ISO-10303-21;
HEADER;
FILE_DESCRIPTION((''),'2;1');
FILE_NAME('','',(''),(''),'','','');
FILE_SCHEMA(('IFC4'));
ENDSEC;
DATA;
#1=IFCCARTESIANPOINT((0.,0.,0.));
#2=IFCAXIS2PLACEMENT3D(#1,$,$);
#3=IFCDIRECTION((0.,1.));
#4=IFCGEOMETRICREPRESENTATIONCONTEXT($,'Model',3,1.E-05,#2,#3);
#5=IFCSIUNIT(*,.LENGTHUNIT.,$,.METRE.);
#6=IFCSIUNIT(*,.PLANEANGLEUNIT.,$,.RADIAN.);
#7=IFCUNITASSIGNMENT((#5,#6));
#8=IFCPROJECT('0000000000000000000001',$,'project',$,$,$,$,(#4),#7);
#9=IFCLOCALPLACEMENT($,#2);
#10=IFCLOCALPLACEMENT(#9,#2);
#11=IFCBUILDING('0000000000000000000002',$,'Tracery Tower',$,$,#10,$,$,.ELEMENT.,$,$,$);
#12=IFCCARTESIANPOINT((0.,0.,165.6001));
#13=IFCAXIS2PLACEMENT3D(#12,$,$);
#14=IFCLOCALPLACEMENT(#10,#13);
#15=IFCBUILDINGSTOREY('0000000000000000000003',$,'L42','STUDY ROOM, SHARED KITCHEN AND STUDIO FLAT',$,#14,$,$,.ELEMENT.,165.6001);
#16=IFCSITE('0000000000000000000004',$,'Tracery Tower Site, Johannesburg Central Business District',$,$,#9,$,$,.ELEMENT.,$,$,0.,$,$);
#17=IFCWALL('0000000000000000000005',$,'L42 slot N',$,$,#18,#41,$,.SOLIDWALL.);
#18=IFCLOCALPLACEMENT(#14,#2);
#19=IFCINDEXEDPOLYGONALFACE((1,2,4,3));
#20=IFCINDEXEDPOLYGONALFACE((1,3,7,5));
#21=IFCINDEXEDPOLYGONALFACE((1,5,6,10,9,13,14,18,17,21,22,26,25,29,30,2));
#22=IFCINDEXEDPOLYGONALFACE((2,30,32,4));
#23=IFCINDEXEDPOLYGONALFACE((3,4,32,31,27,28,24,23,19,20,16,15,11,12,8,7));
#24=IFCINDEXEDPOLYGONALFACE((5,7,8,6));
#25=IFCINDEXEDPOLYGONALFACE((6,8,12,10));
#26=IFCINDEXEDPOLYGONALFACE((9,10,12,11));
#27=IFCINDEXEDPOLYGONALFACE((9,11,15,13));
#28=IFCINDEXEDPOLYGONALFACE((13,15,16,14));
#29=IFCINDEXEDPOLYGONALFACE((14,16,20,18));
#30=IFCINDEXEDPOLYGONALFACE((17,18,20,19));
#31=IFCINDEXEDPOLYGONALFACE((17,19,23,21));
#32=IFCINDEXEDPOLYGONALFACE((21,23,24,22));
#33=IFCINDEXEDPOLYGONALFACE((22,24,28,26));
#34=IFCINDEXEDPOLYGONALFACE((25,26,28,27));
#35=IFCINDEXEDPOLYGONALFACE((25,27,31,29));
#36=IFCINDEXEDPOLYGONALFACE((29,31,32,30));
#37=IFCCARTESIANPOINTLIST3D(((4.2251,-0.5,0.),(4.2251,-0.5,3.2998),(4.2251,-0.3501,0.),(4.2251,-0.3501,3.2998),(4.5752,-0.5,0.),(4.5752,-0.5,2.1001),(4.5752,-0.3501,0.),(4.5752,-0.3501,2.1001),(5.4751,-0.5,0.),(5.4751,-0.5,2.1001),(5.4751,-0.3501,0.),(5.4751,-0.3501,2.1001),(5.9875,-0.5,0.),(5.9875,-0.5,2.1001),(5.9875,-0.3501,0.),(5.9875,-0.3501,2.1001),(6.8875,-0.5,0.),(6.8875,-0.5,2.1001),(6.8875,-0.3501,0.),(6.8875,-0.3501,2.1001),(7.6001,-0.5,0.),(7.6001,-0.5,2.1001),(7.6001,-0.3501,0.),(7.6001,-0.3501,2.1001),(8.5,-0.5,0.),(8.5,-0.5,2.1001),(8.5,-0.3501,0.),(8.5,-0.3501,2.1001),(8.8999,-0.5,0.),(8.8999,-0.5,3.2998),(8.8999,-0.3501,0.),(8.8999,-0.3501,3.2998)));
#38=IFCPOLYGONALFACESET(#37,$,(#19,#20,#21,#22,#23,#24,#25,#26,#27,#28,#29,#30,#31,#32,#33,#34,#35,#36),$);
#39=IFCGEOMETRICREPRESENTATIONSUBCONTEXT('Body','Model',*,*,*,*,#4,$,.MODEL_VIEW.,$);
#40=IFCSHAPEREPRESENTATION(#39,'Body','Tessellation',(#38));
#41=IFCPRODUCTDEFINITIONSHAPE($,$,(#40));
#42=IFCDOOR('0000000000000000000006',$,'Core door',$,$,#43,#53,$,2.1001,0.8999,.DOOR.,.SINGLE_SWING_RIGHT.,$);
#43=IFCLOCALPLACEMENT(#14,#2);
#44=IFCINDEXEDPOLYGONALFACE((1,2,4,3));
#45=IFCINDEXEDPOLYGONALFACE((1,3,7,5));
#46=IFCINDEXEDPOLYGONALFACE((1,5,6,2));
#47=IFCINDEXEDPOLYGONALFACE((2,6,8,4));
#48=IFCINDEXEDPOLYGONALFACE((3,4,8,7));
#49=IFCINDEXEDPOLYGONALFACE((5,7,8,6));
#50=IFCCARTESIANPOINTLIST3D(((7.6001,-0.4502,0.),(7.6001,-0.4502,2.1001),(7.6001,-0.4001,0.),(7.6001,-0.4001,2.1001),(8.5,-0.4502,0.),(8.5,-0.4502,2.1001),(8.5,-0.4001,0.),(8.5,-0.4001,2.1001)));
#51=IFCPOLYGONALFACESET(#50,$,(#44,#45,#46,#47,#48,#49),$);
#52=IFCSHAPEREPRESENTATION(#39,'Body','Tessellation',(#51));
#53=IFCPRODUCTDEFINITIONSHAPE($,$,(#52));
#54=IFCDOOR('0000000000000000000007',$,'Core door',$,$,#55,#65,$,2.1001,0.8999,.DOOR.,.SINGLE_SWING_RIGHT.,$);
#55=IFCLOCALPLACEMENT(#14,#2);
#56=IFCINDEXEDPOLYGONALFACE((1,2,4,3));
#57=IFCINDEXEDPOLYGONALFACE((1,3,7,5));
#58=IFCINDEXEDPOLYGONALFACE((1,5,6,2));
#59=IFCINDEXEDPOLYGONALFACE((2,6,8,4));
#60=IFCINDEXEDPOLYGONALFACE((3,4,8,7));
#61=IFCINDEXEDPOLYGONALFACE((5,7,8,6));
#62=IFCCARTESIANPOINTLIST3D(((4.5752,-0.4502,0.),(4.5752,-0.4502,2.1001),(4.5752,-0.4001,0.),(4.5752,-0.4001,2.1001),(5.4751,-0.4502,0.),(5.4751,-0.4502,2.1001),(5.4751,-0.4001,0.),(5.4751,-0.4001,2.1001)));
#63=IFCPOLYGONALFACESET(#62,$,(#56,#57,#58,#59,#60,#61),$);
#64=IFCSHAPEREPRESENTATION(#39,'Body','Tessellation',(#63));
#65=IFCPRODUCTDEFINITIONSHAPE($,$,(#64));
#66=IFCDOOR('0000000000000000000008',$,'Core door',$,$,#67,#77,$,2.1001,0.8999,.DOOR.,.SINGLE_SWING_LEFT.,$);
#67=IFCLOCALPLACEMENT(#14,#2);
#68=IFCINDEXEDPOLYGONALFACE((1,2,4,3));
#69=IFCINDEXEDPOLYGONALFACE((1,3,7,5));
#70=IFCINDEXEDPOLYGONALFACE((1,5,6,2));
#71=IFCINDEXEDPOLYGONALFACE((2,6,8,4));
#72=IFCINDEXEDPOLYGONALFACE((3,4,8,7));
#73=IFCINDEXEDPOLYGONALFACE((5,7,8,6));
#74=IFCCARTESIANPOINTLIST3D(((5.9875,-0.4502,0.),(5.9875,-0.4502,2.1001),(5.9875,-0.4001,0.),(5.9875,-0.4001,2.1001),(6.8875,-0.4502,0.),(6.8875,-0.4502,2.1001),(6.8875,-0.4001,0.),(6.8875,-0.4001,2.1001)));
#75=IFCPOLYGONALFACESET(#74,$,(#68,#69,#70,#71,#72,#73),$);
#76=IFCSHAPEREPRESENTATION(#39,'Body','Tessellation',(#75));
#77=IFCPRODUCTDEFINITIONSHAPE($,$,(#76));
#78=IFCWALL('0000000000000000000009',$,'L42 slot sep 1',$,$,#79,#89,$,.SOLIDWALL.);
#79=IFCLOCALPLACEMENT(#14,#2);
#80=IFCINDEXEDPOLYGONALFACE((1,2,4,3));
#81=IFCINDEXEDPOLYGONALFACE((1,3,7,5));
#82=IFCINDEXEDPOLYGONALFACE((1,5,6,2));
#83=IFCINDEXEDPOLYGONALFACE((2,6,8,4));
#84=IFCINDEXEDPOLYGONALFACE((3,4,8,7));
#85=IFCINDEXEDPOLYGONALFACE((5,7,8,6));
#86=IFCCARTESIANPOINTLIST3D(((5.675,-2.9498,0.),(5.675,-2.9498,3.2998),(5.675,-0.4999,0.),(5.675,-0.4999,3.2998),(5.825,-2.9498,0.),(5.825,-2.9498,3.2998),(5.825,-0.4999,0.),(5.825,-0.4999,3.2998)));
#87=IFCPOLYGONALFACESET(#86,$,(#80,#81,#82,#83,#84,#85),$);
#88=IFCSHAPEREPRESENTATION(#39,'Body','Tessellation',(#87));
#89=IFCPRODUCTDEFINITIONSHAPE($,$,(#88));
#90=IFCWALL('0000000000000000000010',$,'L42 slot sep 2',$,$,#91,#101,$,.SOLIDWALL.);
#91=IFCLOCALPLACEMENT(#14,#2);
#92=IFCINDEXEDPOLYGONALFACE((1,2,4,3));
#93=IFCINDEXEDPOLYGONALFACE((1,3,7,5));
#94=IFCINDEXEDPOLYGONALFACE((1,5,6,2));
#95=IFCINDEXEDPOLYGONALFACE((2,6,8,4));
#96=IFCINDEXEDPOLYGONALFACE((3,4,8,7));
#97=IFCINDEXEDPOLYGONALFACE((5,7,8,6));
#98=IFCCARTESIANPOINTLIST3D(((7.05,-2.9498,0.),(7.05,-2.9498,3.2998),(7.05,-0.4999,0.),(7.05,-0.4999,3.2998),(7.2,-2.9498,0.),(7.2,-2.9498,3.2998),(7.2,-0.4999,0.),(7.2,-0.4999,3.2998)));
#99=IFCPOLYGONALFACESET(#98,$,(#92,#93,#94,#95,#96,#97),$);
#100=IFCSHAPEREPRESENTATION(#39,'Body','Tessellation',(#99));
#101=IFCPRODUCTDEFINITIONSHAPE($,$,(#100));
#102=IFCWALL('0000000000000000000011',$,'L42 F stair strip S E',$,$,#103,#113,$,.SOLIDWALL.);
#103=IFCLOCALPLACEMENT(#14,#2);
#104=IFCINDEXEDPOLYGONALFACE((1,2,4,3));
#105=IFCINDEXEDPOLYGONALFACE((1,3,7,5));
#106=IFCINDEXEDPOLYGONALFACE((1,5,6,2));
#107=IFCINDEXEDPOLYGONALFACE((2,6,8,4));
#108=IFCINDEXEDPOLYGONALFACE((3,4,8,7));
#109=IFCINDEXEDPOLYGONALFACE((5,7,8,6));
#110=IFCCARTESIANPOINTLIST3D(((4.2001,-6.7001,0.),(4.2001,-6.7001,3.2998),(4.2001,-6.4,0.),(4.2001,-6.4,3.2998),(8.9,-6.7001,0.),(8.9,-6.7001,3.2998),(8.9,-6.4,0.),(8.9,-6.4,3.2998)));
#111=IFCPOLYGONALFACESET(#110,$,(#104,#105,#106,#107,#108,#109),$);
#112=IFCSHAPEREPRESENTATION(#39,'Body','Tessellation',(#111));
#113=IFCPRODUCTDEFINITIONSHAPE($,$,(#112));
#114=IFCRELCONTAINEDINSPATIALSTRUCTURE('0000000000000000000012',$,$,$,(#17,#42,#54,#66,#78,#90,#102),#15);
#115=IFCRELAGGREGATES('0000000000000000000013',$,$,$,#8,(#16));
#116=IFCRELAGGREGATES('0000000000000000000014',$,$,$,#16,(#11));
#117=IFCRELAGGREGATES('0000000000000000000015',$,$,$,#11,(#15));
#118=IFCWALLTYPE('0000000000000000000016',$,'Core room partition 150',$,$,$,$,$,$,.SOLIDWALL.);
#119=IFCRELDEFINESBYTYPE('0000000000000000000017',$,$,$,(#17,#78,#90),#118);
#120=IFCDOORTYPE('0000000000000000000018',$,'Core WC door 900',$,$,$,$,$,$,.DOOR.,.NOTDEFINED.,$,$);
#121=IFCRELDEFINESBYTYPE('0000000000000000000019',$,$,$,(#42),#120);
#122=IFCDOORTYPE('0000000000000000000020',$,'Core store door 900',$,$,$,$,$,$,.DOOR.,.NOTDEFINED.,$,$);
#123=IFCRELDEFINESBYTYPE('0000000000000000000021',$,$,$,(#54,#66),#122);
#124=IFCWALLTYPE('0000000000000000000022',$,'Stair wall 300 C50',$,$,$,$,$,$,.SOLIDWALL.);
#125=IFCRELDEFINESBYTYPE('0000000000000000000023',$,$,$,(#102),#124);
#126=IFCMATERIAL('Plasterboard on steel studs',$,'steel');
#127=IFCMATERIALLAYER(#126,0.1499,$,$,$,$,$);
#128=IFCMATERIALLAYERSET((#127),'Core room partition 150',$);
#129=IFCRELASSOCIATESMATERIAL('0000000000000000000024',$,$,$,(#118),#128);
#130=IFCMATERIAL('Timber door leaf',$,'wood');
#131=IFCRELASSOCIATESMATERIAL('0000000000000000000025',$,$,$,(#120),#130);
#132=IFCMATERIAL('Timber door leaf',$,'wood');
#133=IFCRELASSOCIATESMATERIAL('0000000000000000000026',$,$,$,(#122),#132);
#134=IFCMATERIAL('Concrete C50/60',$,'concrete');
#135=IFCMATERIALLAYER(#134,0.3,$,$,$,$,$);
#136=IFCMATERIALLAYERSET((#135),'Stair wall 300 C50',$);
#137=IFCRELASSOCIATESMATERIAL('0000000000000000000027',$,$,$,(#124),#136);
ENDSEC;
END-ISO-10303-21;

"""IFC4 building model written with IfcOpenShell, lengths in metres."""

from ifc_helpers import new_model, si_unit, direction, frame, frame_2d, origin, place, context, subcontext, project, spatial, rectangle, extrude, material, layer, layer_set, type_object, element, fill, save


model = new_model("IFC4")

# Units and contexts
model_context = context("Model", 3, precision=1e-05, world=origin(), true_north=direction((0.0, 1.0)))
body_context = subcontext(model_context, "Body", "Model", "MODEL_VIEW")
ifc_project = project(units=[si_unit("LENGTHUNIT", "METRE"), si_unit("PLANEANGLEUNIT", "RADIAN")], contexts=[model_context])

# Site, building, storey
site_placement = place(None, origin())
site = spatial("IfcSite", under=ifc_project, at=site_placement, Name="Tracery Tower Site, Johannesburg Central Business District", CompositionType="ELEMENT", RefElevation=0.0)
building_placement = place(site_placement, origin())
building = spatial("IfcBuilding", under=site, at=building_placement, Name="Tracery Tower", CompositionType="ELEMENT")
storey_placement = place(building_placement, frame((0.0, 0.0, 165.6001)))
storey = spatial("IfcBuildingStorey", under=building, at=storey_placement, Name="L42", Description="STUDY ROOM, SHARED KITCHEN AND STUDIO FLAT", CompositionType="ELEMENT", Elevation=165.6001)

# Shared definitions
ifc_material_1 = material(Name="Plasterboard on steel studs", Category="steel")
ifc_layer_1 = layer(ifc_material_1, 0.1499)
ifc_layer_set_1 = layer_set([ifc_layer_1], Name="Core room partition 150")
wall_type_1 = type_object("IfcWallType", Name="Core room partition 150", PredefinedType="SOLIDWALL", material=ifc_layer_set_1)

# Wall, openings, doors
wall_1_placement = place(storey_placement, frame((4.2251, -0.425, 0.0), z_axis=(0.0, 0.0, 1.0), x_axis=(1.0, 0.0, 0.0)))
wall_1 = element("IfcWall", 1, at=wall_1_placement, inside=storey, type_object=wall_type_1, Name="L42 slot N", PredefinedType="SOLIDWALL", context=body_context, shape_type="SweptSolid", body=[
    extrude(rectangle(XDim=4.6748, YDim=0.1499, at=frame_2d((2.3374, 0.0))), origin(), (0.0, 0.0, 1.0), 3.2998),
])
opening_1_placement = place(wall_1_placement, frame((0.3501, 0.0, 0.0)))
opening_1 = element("IfcOpeningElement", 2, at=opening_1_placement, cuts=wall_1, PredefinedType="OPENING", context=body_context, shape_type="SweptSolid", body=[
    extrude(rectangle(XDim=0.8999, YDim=2.1001, at=frame_2d((0.45, 1.05))), frame((0.0, 0.075, 0.0), z_axis=(0.0, -1.0, 0.0), x_axis=(1.0, 0.0, 0.0)), (0.0, 0.0, 1.0), 0.1499),
])
opening_2_placement = place(wall_1_placement, frame((1.7625, 0.0, 0.0)))
opening_2 = element("IfcOpeningElement", 3, at=opening_2_placement, cuts=wall_1, PredefinedType="OPENING", context=body_context, shape_type="SweptSolid", body=[
    extrude(rectangle(XDim=0.8999, YDim=2.1001, at=frame_2d((0.45, 1.05))), frame((0.0, 0.075, 0.0), z_axis=(0.0, -1.0, 0.0), x_axis=(1.0, 0.0, 0.0)), (0.0, 0.0, 1.0), 0.1499),
])
opening_3_placement = place(wall_1_placement, frame((3.375, 0.0, 0.0)))
opening_3 = element("IfcOpeningElement", 4, at=opening_3_placement, cuts=wall_1, PredefinedType="OPENING", context=body_context, shape_type="SweptSolid", body=[
    extrude(rectangle(XDim=0.8999, YDim=2.1001, at=frame_2d((0.45, 1.05))), frame((0.0, 0.075, 0.0), z_axis=(0.0, -1.0, 0.0), x_axis=(1.0, 0.0, 0.0)), (0.0, 0.0, 1.0), 0.1499),
])
ifc_material_2 = material(Name="Timber door leaf", Category="wood")
door_type_1 = type_object("IfcDoorType", Name="Core WC door 900", OperationType="NOTDEFINED", PredefinedType="DOOR", material=ifc_material_2)
door_1_placement = place(opening_3_placement, origin())
door_1 = element("IfcDoor", 5, at=door_1_placement, inside=storey, type_object=door_type_1, Name="Core door", OperationType="SINGLE_SWING_RIGHT", OverallHeight=2.1001, OverallWidth=0.8999, PredefinedType="DOOR", context=body_context, shape_type="SweptSolid", body=[
    extrude(rectangle(XDim=0.8999, YDim=2.1001, at=frame_2d((0.45, 1.05))), frame((0.0, 0.0249, 0.0), z_axis=(0.0, -1.0, 0.0), x_axis=(1.0, 0.0, 0.0)), (0.0, 0.0, 1.0), 0.05),
])
fill(opening_3, door_1)
ifc_material_3 = material(Name="Timber door leaf", Category="wood")
door_type_2 = type_object("IfcDoorType", Name="Core store door 900", OperationType="NOTDEFINED", PredefinedType="DOOR", material=ifc_material_3)
door_2_placement = place(opening_1_placement, origin())
door_2 = element("IfcDoor", 6, at=door_2_placement, inside=storey, type_object=door_type_2, Name="Core door", OperationType="SINGLE_SWING_RIGHT", OverallHeight=2.1001, OverallWidth=0.8999, PredefinedType="DOOR", context=body_context, shape_type="SweptSolid", body=[
    extrude(rectangle(XDim=0.8999, YDim=2.1001, at=frame_2d((0.45, 1.05))), frame((0.0, 0.0249, 0.0), z_axis=(0.0, -1.0, 0.0), x_axis=(1.0, 0.0, 0.0)), (0.0, 0.0, 1.0), 0.05),
])
fill(opening_1, door_2)
door_3_placement = place(opening_2_placement, origin())
door_3 = element("IfcDoor", 7, at=door_3_placement, inside=storey, type_object=door_type_2, Name="Core door", OperationType="SINGLE_SWING_LEFT", OverallHeight=2.1001, OverallWidth=0.8999, PredefinedType="DOOR", context=body_context, shape_type="SweptSolid", body=[
    extrude(rectangle(XDim=0.8999, YDim=2.1001, at=frame_2d((0.45, 1.05))), frame((0.0, 0.0249, 0.0), z_axis=(0.0, -1.0, 0.0), x_axis=(1.0, 0.0, 0.0)), (0.0, 0.0, 1.0), 0.05),
])
fill(opening_2, door_3)

# Walls
for number, where, z_axis, x_axis, name in (
    (8, (5.75, -2.95, 0.0), (0.0, 0.0, 1.0), (0.0, 1.0, 0.0), "L42 slot sep 1"),
    (9, (7.125, -2.95, 0.0), (0.0, 0.0, 1.0), (0.0, 1.0, 0.0), "L42 slot sep 2"),
):
    element("IfcWall", number, at=place(storey_placement, frame(where, z_axis=z_axis, x_axis=x_axis)), inside=storey, type_object=wall_type_1, Name=name, PredefinedType="SOLIDWALL", context=body_context, shape_type="SweptSolid", body=[
        extrude(rectangle(XDim=2.45, YDim=0.1499, at=frame_2d((1.2251, 0.0))), origin(), (0.0, 0.0, 1.0), 3.2998),
    ])

# Shared definitions
ifc_material_4 = material(Name="Concrete C50/60", Category="concrete")
ifc_layer_2 = layer(ifc_material_4, 0.3)
ifc_layer_set_2 = layer_set([ifc_layer_2], Name="Stair wall 300 C50")
wall_type_2 = type_object("IfcWallType", Name="Stair wall 300 C50", PredefinedType="SOLIDWALL", material=ifc_layer_set_2)

# Wall
wall_2_placement = place(storey_placement, frame((4.2, -6.55, 0.0), z_axis=(0.0, 0.0, 1.0), x_axis=(1.0, 0.0, 0.0)))
element("IfcWall", 10, at=wall_2_placement, inside=storey, type_object=wall_type_2, Name="L42 F stair strip S E", PredefinedType="SOLIDWALL", context=body_context, shape_type="SweptSolid", body=[
    extrude(rectangle(XDim=4.7, YDim=0.3, at=frame_2d((2.3501, 0.0))), origin(), (0.0, 0.0, 1.0), 3.2998),
])

save(model, "model.ifc")
